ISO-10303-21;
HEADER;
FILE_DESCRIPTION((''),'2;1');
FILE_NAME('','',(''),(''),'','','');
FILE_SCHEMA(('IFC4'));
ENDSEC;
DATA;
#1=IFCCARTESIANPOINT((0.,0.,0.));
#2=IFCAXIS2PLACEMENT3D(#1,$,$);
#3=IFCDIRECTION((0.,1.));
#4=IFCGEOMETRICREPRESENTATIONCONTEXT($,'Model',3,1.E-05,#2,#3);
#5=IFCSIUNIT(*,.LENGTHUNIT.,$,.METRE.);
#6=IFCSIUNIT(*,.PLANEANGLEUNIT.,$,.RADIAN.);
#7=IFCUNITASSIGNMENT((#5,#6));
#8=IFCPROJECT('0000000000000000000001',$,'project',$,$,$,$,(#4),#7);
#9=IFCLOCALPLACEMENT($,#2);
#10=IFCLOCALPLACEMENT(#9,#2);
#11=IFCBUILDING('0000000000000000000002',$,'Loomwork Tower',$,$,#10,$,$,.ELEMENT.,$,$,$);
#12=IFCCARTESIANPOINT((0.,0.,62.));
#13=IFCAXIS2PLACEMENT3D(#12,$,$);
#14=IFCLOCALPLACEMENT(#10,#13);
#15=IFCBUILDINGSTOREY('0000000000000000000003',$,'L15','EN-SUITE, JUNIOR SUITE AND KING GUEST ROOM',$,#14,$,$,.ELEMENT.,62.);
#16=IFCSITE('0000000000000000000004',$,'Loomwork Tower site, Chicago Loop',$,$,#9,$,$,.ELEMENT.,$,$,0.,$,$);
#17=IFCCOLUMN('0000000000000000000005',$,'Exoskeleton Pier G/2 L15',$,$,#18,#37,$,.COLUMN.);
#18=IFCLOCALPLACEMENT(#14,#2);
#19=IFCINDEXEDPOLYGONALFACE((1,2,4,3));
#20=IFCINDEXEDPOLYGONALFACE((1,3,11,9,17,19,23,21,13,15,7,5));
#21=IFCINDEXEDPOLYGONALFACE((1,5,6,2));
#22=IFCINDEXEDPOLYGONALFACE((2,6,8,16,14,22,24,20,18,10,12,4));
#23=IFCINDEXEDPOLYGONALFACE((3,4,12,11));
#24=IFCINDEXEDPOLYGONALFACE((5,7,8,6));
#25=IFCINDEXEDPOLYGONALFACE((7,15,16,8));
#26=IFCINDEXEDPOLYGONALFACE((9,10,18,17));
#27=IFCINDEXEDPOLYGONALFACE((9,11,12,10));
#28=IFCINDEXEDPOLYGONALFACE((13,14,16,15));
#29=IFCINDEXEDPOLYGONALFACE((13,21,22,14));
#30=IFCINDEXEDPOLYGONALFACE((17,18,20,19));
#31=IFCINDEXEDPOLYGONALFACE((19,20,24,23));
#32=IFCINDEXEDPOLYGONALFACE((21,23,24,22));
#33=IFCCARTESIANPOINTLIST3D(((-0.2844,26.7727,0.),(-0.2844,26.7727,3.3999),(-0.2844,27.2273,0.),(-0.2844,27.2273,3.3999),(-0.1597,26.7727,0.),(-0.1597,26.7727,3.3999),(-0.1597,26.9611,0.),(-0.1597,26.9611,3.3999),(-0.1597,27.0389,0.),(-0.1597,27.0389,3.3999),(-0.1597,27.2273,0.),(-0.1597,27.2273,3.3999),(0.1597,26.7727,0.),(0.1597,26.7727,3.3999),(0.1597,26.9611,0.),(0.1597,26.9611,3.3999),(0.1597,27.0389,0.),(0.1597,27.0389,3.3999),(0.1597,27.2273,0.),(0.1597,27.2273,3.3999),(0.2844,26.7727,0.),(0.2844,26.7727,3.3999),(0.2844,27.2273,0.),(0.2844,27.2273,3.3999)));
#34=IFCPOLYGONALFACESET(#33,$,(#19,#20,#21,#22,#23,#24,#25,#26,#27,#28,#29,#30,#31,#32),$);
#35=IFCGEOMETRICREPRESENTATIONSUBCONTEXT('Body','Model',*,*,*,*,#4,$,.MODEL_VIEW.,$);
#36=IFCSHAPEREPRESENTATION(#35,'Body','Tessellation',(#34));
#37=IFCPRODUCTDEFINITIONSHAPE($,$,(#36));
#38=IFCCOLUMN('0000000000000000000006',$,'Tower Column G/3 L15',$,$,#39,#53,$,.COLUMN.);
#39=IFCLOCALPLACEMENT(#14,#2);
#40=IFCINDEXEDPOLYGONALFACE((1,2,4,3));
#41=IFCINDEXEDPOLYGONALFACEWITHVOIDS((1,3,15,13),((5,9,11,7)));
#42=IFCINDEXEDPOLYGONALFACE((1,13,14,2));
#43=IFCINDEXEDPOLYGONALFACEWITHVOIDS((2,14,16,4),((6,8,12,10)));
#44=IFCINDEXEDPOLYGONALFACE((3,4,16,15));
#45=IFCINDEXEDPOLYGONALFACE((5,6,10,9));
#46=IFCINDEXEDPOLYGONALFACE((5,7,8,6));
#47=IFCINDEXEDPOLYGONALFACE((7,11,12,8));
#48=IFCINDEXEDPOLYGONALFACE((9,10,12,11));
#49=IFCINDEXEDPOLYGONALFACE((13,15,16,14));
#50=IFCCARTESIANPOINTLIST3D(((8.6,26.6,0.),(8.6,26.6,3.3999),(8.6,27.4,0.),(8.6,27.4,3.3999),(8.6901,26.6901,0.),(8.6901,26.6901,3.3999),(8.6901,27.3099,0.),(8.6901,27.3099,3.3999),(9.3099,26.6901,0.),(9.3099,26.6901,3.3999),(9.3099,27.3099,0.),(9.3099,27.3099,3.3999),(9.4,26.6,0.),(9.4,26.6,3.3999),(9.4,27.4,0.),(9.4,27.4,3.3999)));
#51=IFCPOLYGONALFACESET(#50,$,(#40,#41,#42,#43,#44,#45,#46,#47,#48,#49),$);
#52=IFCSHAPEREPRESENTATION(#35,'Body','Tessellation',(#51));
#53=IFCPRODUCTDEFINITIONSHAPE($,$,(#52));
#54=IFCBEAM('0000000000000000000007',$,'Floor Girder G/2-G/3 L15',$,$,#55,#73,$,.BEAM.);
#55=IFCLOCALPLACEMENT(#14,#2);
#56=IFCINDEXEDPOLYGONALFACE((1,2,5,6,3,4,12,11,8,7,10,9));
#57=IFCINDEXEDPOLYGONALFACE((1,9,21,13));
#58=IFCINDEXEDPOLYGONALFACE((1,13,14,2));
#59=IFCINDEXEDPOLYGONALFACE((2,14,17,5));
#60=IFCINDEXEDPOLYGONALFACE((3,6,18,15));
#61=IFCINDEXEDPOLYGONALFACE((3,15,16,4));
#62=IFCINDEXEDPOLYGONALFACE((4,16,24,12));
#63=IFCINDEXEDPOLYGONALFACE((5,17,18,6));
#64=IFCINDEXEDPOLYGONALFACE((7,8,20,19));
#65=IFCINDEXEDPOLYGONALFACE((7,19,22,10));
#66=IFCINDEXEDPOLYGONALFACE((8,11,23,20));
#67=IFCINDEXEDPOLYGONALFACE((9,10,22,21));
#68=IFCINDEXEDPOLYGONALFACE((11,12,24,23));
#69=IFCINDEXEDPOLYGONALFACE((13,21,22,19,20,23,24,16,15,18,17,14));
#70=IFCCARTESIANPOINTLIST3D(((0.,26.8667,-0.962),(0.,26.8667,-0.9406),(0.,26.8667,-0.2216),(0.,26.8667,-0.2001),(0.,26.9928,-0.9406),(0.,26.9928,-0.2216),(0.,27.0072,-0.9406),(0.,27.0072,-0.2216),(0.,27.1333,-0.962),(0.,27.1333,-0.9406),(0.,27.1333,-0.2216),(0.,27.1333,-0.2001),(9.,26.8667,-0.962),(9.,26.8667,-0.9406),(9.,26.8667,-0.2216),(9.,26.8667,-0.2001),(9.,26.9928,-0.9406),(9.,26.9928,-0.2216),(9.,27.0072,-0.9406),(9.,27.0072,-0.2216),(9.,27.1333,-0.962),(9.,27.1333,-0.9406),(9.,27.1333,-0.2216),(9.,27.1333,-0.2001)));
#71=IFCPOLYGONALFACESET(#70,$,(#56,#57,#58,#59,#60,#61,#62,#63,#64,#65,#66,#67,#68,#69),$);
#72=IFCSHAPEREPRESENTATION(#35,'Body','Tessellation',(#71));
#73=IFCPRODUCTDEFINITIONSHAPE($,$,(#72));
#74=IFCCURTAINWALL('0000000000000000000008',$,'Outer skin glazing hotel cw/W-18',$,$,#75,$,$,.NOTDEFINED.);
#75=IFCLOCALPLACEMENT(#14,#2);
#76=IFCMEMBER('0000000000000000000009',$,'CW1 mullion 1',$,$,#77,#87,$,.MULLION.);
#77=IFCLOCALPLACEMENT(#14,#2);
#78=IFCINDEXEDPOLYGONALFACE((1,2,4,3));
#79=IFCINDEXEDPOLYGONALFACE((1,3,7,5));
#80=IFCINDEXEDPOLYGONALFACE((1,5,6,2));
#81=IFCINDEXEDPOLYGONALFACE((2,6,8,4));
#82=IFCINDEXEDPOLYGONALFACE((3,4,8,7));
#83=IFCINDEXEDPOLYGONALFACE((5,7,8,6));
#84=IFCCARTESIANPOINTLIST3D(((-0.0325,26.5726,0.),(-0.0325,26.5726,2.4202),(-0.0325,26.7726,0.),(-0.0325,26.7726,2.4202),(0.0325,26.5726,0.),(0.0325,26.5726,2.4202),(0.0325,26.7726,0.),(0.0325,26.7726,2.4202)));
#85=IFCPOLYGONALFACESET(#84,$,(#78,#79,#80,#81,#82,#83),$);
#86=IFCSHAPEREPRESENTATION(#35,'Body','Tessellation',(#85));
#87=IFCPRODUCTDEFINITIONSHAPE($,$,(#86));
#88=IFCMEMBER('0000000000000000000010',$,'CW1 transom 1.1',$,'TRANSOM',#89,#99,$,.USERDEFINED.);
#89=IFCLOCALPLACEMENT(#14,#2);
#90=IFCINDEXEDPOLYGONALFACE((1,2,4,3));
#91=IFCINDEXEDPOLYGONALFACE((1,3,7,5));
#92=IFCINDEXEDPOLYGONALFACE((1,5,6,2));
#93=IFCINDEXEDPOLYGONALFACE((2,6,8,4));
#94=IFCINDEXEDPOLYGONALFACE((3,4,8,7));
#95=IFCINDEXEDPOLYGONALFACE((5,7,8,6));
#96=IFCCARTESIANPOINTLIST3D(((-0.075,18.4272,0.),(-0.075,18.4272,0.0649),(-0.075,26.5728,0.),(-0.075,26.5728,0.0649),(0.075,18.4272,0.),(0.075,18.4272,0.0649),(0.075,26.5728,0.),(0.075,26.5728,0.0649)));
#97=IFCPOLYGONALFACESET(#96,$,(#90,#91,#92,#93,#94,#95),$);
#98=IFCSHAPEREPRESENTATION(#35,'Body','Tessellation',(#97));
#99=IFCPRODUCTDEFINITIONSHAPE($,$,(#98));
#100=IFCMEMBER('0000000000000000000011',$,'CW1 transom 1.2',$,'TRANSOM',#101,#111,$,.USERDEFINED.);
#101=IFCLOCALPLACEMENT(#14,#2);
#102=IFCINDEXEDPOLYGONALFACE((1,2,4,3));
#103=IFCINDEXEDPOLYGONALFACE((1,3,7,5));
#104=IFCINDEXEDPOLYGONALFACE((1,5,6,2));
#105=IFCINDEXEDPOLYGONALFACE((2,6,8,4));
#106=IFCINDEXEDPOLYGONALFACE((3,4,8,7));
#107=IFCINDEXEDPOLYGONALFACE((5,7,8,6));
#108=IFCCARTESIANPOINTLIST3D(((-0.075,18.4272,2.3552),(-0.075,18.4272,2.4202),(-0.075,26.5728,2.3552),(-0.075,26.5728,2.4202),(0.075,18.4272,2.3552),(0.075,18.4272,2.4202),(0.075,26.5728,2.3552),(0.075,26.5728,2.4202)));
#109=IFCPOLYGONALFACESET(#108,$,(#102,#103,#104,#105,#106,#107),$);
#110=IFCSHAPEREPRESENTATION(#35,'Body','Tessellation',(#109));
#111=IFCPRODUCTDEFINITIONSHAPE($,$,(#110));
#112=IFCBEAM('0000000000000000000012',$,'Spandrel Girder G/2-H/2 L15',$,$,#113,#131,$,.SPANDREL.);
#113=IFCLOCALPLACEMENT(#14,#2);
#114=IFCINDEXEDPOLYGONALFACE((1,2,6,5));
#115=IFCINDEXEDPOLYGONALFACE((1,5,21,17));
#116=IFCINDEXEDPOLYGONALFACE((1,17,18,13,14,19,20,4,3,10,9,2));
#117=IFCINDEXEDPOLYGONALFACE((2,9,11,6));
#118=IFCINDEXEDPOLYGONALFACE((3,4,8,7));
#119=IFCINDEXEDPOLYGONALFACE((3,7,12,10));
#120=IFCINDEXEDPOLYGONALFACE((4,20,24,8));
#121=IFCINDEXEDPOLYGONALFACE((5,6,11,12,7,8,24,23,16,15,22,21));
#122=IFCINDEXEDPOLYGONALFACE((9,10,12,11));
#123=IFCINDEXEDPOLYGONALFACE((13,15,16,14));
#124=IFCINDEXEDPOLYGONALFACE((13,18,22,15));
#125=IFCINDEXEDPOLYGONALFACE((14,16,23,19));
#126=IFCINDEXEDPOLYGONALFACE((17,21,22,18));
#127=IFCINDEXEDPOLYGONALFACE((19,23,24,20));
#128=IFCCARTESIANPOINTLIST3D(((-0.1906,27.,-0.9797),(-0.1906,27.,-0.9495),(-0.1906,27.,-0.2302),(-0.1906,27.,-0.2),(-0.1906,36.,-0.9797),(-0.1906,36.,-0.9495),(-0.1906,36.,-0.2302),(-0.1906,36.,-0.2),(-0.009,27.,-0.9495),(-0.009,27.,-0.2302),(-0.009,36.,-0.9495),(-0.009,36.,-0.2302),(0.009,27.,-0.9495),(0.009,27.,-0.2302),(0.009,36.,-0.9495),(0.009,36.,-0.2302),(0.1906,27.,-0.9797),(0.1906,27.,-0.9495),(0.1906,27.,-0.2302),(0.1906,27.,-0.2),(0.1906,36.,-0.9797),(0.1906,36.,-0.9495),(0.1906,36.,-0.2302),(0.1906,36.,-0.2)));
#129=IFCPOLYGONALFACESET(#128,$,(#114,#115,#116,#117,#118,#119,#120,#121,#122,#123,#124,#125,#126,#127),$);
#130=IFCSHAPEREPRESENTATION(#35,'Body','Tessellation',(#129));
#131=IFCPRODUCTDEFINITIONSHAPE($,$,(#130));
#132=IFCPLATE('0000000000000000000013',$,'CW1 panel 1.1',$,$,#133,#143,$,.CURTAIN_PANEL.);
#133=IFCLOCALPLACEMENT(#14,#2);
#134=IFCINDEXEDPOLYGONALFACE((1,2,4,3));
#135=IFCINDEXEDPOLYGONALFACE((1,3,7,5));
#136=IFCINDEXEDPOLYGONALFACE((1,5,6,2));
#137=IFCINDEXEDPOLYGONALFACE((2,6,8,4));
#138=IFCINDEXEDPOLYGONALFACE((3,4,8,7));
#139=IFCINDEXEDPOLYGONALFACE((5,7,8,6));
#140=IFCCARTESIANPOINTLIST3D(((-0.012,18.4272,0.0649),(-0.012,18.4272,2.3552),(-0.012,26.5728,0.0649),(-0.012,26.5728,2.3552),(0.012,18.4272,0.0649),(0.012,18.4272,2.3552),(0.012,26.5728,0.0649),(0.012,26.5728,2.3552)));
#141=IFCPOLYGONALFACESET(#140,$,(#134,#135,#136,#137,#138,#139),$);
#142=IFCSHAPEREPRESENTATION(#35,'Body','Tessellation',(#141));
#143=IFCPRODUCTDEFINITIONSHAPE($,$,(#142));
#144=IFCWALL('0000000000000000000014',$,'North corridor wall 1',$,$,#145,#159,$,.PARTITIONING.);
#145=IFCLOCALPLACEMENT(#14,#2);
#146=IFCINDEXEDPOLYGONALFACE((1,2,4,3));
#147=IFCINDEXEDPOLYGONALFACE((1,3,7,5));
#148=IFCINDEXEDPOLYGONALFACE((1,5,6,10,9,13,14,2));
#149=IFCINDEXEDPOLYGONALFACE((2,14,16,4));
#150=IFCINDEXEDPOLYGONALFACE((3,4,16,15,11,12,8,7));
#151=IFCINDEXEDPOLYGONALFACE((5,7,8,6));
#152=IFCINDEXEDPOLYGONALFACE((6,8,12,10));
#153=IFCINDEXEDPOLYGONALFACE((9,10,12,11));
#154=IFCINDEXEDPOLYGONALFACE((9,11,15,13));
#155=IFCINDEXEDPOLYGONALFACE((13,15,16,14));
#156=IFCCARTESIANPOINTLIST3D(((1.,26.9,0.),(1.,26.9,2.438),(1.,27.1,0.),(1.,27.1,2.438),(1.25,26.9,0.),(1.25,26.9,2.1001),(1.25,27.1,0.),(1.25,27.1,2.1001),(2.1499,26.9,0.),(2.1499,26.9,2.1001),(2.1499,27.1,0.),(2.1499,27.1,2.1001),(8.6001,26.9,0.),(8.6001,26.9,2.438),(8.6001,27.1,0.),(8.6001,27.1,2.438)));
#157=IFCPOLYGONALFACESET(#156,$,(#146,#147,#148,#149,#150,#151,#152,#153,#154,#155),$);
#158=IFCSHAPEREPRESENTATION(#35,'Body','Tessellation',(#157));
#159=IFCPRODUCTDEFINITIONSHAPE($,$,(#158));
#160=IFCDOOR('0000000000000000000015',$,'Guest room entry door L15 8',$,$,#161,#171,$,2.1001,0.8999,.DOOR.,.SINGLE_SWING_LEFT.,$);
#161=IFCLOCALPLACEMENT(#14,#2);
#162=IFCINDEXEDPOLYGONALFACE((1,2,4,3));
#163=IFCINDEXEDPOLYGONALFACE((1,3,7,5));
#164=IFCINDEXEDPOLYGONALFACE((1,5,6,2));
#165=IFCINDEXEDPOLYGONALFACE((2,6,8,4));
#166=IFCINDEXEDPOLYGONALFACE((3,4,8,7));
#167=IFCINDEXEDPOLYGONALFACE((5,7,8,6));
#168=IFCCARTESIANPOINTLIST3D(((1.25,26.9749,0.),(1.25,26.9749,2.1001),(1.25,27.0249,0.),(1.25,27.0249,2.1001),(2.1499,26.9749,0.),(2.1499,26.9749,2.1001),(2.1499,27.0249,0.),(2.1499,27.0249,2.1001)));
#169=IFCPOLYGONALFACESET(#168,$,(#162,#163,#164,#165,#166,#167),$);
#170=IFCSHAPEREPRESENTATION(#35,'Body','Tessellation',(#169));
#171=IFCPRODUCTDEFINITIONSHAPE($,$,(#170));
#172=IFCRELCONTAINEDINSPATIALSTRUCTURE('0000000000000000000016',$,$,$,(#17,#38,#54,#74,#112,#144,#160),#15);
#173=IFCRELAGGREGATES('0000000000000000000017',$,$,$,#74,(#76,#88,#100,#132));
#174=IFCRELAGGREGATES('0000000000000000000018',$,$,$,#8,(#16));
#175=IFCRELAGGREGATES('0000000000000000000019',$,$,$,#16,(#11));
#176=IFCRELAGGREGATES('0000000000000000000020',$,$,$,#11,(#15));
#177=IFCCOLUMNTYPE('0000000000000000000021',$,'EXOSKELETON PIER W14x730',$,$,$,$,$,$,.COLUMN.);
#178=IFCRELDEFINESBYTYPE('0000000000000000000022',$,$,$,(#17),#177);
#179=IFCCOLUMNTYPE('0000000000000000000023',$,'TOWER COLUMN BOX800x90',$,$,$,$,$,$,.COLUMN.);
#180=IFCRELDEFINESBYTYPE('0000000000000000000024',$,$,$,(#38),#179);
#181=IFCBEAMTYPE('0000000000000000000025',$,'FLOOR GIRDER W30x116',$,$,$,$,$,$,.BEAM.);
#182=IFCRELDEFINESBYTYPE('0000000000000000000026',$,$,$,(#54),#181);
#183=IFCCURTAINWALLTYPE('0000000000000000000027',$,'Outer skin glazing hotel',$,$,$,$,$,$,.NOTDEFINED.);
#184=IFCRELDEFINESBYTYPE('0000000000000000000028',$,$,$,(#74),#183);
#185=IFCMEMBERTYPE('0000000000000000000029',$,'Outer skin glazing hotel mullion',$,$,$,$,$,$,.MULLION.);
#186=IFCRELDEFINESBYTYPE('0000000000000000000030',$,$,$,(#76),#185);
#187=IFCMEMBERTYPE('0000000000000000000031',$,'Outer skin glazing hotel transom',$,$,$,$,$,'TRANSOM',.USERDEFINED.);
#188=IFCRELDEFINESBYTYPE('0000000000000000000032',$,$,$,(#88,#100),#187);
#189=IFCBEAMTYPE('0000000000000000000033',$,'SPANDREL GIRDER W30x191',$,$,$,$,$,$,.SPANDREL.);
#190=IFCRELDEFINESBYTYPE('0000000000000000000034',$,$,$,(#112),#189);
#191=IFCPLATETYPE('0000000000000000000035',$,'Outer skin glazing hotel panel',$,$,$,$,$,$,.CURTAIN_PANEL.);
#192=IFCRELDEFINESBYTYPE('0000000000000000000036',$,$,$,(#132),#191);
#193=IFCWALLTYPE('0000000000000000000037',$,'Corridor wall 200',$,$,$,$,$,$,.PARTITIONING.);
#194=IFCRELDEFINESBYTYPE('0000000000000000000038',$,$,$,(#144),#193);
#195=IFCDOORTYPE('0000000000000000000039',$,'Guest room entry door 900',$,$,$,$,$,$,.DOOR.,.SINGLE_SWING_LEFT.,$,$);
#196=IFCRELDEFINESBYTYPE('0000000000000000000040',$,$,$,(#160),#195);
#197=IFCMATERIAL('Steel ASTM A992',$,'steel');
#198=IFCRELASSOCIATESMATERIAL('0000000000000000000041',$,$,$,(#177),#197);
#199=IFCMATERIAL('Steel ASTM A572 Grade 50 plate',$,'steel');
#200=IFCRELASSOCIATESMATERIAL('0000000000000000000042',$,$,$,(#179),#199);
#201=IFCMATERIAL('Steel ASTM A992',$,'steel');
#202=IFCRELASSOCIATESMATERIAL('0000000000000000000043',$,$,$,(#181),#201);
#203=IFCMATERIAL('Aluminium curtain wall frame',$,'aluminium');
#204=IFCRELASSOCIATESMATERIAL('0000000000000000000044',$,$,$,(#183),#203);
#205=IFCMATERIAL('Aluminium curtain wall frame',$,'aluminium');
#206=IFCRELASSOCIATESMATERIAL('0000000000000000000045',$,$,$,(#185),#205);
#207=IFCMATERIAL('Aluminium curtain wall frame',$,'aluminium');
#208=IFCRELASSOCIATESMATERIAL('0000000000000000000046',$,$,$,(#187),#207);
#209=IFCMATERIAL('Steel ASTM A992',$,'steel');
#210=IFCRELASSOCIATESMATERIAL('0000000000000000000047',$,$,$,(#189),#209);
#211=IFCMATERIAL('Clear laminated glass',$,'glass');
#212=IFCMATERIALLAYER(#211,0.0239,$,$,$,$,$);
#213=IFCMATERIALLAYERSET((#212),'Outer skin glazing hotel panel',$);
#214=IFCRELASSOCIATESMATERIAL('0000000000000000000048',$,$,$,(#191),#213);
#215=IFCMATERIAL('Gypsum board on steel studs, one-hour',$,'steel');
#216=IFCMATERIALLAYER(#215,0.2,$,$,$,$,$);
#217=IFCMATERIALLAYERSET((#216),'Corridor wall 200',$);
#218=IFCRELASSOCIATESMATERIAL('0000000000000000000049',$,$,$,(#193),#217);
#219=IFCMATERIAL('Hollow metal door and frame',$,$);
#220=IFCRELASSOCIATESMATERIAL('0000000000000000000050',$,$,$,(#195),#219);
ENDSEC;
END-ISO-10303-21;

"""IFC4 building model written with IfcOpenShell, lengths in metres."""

from ifc_helpers import new_model, si_unit, direction, frame, frame_2d, origin, origin_2d, place, context, subcontext, project, spatial, rectangle, hollow_rectangle, i_section, extrude, material, layer, layer_set, material_profile, profile_set, type_object, element, fill, aggregate, save


model = new_model("IFC4")

# Units and contexts
model_context = context("Model", 3, precision=1e-05, world=origin(), true_north=direction((0.0, 1.0)))
body_context = subcontext(model_context, "Body", "Model", "MODEL_VIEW")
ifc_project = project(units=[si_unit("LENGTHUNIT", "METRE"), si_unit("PLANEANGLEUNIT", "RADIAN")], contexts=[model_context])

# Site, building, storey
site_placement = place(None, origin())
site = spatial("IfcSite", under=ifc_project, at=site_placement, Name="Loomwork Tower site, Chicago Loop", CompositionType="ELEMENT", RefElevation=0.0)
building_placement = place(site_placement, origin())
building = spatial("IfcBuilding", under=site, at=building_placement, Name="Loomwork Tower", CompositionType="ELEMENT")
storey_placement = place(building_placement, frame((0.0, 0.0, 62.0)))
storey = spatial("IfcBuildingStorey", under=building, at=storey_placement, Name="L15", Description="EN-SUITE, JUNIOR SUITE AND KING GUEST ROOM", CompositionType="ELEMENT", Elevation=62.0)

# Columns
ifc_material_1 = material(Name="Steel ASTM A992", Category="steel")
ifc_material_profile_1 = material_profile(ifc_material_1, i_section(OverallWidth=0.4546, OverallDepth=0.5688, WebThickness=0.0779, FlangeThickness=0.1248, at=origin_2d()), Name="W14x730")
ifc_profile_set_1 = profile_set([ifc_material_profile_1], Name="Steel ASTM A992")
column_type_1 = type_object("IfcColumnType", Name="EXOSKELETON PIER W14x730", PredefinedType="COLUMN", material=ifc_profile_set_1)
column_1_placement = place(storey_placement, frame((0.0, 27.0, 0.0), z_axis=(0.0, 0.0, 1.0), x_axis=(0.0, 1.0, 0.0)))
element("IfcColumn", 1, at=column_1_placement, inside=storey, type_object=column_type_1, Name="Exoskeleton Pier G/2 L15", PredefinedType="COLUMN", context=body_context, shape_type="SweptSolid", body=[
    extrude(i_section(OverallWidth=0.4546, OverallDepth=0.5688, WebThickness=0.0779, FlangeThickness=0.1248, at=origin_2d()), origin(), (0.0, 0.0, 1.0), 3.3999),
])
ifc_material_2 = material(Name="Steel ASTM A572 Grade 50 plate", Category="steel")
ifc_material_profile_2 = material_profile(ifc_material_2, hollow_rectangle(XDim=0.8, YDim=0.8, WallThickness=0.0901, at=origin_2d()), Name="BOX800x90")
ifc_profile_set_2 = profile_set([ifc_material_profile_2], Name="Steel ASTM A572 Grade 50 plate")
column_type_2 = type_object("IfcColumnType", Name="TOWER COLUMN BOX800x90", PredefinedType="COLUMN", material=ifc_profile_set_2)
column_2_placement = place(storey_placement, frame((9.0, 27.0, 0.0), z_axis=(0.0, 0.0, 1.0), x_axis=(1.0, 0.0, 0.0)))
element("IfcColumn", 2, at=column_2_placement, inside=storey, type_object=column_type_2, Name="Tower Column G/3 L15", PredefinedType="COLUMN", context=body_context, shape_type="SweptSolid", body=[
    extrude(hollow_rectangle(XDim=0.8, YDim=0.8, WallThickness=0.0901, at=origin_2d()), origin(), (0.0, 0.0, 1.0), 3.3999),
])

# Beam
ifc_material_3 = material(Name="Steel ASTM A992", Category="steel")
ifc_material_profile_3 = material_profile(ifc_material_3, i_section(OverallWidth=0.2666, OverallDepth=0.762, WebThickness=0.0144, FlangeThickness=0.0215, at=origin_2d()), Name="W30x116")
ifc_profile_set_3 = profile_set([ifc_material_profile_3], Name="Steel ASTM A992")
beam_type_1 = type_object("IfcBeamType", Name="FLOOR GIRDER W30x116", PredefinedType="BEAM", material=ifc_profile_set_3)
beam_1_placement = place(storey_placement, frame((0.0, 27.0, -0.5811), z_axis=(1.0, 0.0, 0.0), x_axis=(0.0, 1.0, 0.0)))
element("IfcBeam", 3, at=beam_1_placement, inside=storey, type_object=beam_type_1, Name="Floor Girder G/2-G/3 L15", PredefinedType="BEAM", context=body_context, shape_type="SweptSolid", body=[
    extrude(i_section(OverallWidth=0.2666, OverallDepth=0.762, WebThickness=0.0144, FlangeThickness=0.0215, at=origin_2d()), origin(), (0.0, 0.0, 1.0), 9.0),
])

# Curtain wall, members
ifc_material_4 = material(Name="Aluminium curtain wall frame", Category="aluminium")
curtain_wall_type = type_object("IfcCurtainWallType", Name="Outer skin glazing hotel", PredefinedType="NOTDEFINED", material=ifc_material_4)
curtain_wall_placement = place(storey_placement, origin())
curtain_wall = element("IfcCurtainWall", 4, at=curtain_wall_placement, inside=storey, type_object=curtain_wall_type, Name="Outer skin glazing hotel cw/W-18", PredefinedType="NOTDEFINED")
ifc_material_5 = material(Name="Aluminium curtain wall frame", Category="aluminium")
ifc_material_profile_4 = material_profile(ifc_material_5, rectangle(XDim=0.0649, YDim=0.2, at=origin_2d()), Name="AL 65x200")
ifc_profile_set_4 = profile_set([ifc_material_profile_4], Name="Aluminium curtain wall frame")
member_type_1 = type_object("IfcMemberType", Name="Outer skin glazing hotel mullion", PredefinedType="MULLION", material=ifc_profile_set_4)
member_1_placement = place(storey_placement, frame((0.0, 26.6726, 0.0), z_axis=(0.0, 0.0, 1.0), x_axis=(1.0, 0.0, 0.0)))
member_1 = element("IfcMember", 5, at=member_1_placement, type_object=member_type_1, Name="CW1 mullion 1", PredefinedType="MULLION", context=body_context, shape_type="SweptSolid", body=[
    extrude(rectangle(XDim=0.0649, YDim=0.2, at=origin_2d()), origin(), (0.0, 0.0, 1.0), 2.4202),
])
ifc_material_6 = material(Name="Aluminium curtain wall frame", Category="aluminium")
ifc_material_profile_5 = material_profile(ifc_material_6, rectangle(XDim=0.1499, YDim=0.0649, at=origin_2d()), Name="AL 65x150")
ifc_profile_set_5 = profile_set([ifc_material_profile_5], Name="Aluminium curtain wall frame")
member_type_2 = type_object("IfcMemberType", Name="Outer skin glazing hotel transom", ElementType="TRANSOM", PredefinedType="USERDEFINED", material=ifc_profile_set_5)
member_2_placement = place(storey_placement, frame((0.0, 26.5728, 0.0325), z_axis=(0.0, -1.0, 0.0), x_axis=(1.0, 0.0, 0.0)))
member_2 = element("IfcMember", 6, at=member_2_placement, type_object=member_type_2, Name="CW1 transom 1.1", ObjectType="TRANSOM", PredefinedType="USERDEFINED", context=body_context, shape_type="SweptSolid", body=[
    extrude(rectangle(XDim=0.1499, YDim=0.0649, at=origin_2d()), origin(), (0.0, 0.0, 1.0), 8.1455),
])
member_3_placement = place(storey_placement, frame((0.0, 26.5728, 2.3877), z_axis=(0.0, -1.0, 0.0), x_axis=(1.0, 0.0, 0.0)))
member_3 = element("IfcMember", 7, at=member_3_placement, type_object=member_type_2, Name="CW1 transom 1.2", ObjectType="TRANSOM", PredefinedType="USERDEFINED", context=body_context, shape_type="SweptSolid", body=[
    extrude(rectangle(XDim=0.1499, YDim=0.0649, at=origin_2d()), origin(), (0.0, 0.0, 1.0), 8.1455),
])

# Beam
ifc_material_7 = material(Name="Steel ASTM A992", Category="steel")
ifc_material_profile_6 = material_profile(ifc_material_7, i_section(OverallWidth=0.3811, OverallDepth=0.7798, WebThickness=0.0181, FlangeThickness=0.0303, at=origin_2d()), Name="W30x191")
ifc_profile_set_6 = profile_set([ifc_material_profile_6], Name="Steel ASTM A992")
beam_type_2 = type_object("IfcBeamType", Name="SPANDREL GIRDER W30x191", PredefinedType="SPANDREL", material=ifc_profile_set_6)
beam_2_placement = place(storey_placement, frame((0.0, 27.0, -0.5898), z_axis=(0.0, 1.0, 0.0), x_axis=(-1.0, 0.0, 0.0)))
element("IfcBeam", 8, at=beam_2_placement, inside=storey, type_object=beam_type_2, Name="Spandrel Girder G/2-H/2 L15", PredefinedType="SPANDREL", context=body_context, shape_type="SweptSolid", body=[
    extrude(i_section(OverallWidth=0.3811, OverallDepth=0.7798, WebThickness=0.0181, FlangeThickness=0.0303, at=origin_2d()), origin(), (0.0, 0.0, 1.0), 9.0),
])

# Plate
ifc_material_8 = material(Name="Clear laminated glass", Category="glass")
ifc_layer_1 = layer(ifc_material_8, 0.0239)
ifc_layer_set_1 = layer_set([ifc_layer_1], Name="Outer skin glazing hotel panel")
plate_type = type_object("IfcPlateType", Name="Outer skin glazing hotel panel", PredefinedType="CURTAIN_PANEL", material=ifc_layer_set_1)
plate_placement = place(storey_placement, frame((0.0, 22.5, 0.0649), z_axis=(0.0, 0.0, 1.0), x_axis=(0.0, -1.0, 0.0)))
plate = element("IfcPlate", 9, at=plate_placement, type_object=plate_type, Name="CW1 panel 1.1", PredefinedType="CURTAIN_PANEL", context=body_context, shape_type="SweptSolid", body=[
    extrude(rectangle(XDim=8.1455, YDim=0.0239, at=origin_2d()), origin(), (0.0, 0.0, 1.0), 2.2903),
])
aggregate(curtain_wall, [member_1, member_2, member_3, plate])

# Wall, opening, door
ifc_material_9 = material(Name="Gypsum board on steel studs, one-hour", Category="steel")
ifc_layer_2 = layer(ifc_material_9, 0.2)
ifc_layer_set_2 = layer_set([ifc_layer_2], Name="Corridor wall 200")
wall_type_1 = type_object("IfcWallType", Name="Corridor wall 200", PredefinedType="PARTITIONING", material=ifc_layer_set_2)
wall_1_placement = place(storey_placement, frame((1.0, 27.0, 0.0), z_axis=(0.0, 0.0, 1.0), x_axis=(1.0, 0.0, 0.0)))
wall_1 = element("IfcWall", 10, at=wall_1_placement, inside=storey, type_object=wall_type_1, Name="North corridor wall 1", PredefinedType="PARTITIONING", context=body_context, shape_type="SweptSolid", body=[
    extrude(rectangle(XDim=7.6001, YDim=0.2, at=frame_2d((3.8, 0.0))), origin(), (0.0, 0.0, 1.0), 2.438),
])
opening_1_placement = place(wall_1_placement, frame((0.25, 0.0, 0.0)))
opening_1 = element("IfcOpeningElement", 11, at=opening_1_placement, cuts=wall_1, PredefinedType="OPENING", context=body_context, shape_type="SweptSolid", body=[
    extrude(rectangle(XDim=0.8999, YDim=2.1001, at=frame_2d((0.45, 1.05))), frame((0.0, 0.1099, 0.0), z_axis=(0.0, -1.0, 0.0), x_axis=(1.0, 0.0, 0.0)), (0.0, 0.0, 1.0), 0.22),
])
ifc_material_10 = material(Name="Hollow metal door and frame")
door_type_1 = type_object("IfcDoorType", Name="Guest room entry door 900", OperationType="SINGLE_SWING_LEFT", PredefinedType="DOOR", material=ifc_material_10)
door_1_placement = place(opening_1_placement, origin())
door_1 = element("IfcDoor", 12, at=door_1_placement, inside=storey, type_object=door_type_1, Name="Guest room entry door L15 8", OperationType="SINGLE_SWING_LEFT", OverallHeight=2.1001, OverallWidth=0.8999, PredefinedType="DOOR", context=body_context, shape_type="SweptSolid", body=[
    extrude(rectangle(XDim=0.8999, YDim=2.1001, at=frame_2d((0.45, 1.05))), frame((0.0, 0.0249, 0.0), z_axis=(0.0, -1.0, 0.0), x_axis=(1.0, 0.0, 0.0)), (0.0, 0.0, 1.0), 0.05),
])
fill(opening_1, door_1)

save(model, "model.ifc")
